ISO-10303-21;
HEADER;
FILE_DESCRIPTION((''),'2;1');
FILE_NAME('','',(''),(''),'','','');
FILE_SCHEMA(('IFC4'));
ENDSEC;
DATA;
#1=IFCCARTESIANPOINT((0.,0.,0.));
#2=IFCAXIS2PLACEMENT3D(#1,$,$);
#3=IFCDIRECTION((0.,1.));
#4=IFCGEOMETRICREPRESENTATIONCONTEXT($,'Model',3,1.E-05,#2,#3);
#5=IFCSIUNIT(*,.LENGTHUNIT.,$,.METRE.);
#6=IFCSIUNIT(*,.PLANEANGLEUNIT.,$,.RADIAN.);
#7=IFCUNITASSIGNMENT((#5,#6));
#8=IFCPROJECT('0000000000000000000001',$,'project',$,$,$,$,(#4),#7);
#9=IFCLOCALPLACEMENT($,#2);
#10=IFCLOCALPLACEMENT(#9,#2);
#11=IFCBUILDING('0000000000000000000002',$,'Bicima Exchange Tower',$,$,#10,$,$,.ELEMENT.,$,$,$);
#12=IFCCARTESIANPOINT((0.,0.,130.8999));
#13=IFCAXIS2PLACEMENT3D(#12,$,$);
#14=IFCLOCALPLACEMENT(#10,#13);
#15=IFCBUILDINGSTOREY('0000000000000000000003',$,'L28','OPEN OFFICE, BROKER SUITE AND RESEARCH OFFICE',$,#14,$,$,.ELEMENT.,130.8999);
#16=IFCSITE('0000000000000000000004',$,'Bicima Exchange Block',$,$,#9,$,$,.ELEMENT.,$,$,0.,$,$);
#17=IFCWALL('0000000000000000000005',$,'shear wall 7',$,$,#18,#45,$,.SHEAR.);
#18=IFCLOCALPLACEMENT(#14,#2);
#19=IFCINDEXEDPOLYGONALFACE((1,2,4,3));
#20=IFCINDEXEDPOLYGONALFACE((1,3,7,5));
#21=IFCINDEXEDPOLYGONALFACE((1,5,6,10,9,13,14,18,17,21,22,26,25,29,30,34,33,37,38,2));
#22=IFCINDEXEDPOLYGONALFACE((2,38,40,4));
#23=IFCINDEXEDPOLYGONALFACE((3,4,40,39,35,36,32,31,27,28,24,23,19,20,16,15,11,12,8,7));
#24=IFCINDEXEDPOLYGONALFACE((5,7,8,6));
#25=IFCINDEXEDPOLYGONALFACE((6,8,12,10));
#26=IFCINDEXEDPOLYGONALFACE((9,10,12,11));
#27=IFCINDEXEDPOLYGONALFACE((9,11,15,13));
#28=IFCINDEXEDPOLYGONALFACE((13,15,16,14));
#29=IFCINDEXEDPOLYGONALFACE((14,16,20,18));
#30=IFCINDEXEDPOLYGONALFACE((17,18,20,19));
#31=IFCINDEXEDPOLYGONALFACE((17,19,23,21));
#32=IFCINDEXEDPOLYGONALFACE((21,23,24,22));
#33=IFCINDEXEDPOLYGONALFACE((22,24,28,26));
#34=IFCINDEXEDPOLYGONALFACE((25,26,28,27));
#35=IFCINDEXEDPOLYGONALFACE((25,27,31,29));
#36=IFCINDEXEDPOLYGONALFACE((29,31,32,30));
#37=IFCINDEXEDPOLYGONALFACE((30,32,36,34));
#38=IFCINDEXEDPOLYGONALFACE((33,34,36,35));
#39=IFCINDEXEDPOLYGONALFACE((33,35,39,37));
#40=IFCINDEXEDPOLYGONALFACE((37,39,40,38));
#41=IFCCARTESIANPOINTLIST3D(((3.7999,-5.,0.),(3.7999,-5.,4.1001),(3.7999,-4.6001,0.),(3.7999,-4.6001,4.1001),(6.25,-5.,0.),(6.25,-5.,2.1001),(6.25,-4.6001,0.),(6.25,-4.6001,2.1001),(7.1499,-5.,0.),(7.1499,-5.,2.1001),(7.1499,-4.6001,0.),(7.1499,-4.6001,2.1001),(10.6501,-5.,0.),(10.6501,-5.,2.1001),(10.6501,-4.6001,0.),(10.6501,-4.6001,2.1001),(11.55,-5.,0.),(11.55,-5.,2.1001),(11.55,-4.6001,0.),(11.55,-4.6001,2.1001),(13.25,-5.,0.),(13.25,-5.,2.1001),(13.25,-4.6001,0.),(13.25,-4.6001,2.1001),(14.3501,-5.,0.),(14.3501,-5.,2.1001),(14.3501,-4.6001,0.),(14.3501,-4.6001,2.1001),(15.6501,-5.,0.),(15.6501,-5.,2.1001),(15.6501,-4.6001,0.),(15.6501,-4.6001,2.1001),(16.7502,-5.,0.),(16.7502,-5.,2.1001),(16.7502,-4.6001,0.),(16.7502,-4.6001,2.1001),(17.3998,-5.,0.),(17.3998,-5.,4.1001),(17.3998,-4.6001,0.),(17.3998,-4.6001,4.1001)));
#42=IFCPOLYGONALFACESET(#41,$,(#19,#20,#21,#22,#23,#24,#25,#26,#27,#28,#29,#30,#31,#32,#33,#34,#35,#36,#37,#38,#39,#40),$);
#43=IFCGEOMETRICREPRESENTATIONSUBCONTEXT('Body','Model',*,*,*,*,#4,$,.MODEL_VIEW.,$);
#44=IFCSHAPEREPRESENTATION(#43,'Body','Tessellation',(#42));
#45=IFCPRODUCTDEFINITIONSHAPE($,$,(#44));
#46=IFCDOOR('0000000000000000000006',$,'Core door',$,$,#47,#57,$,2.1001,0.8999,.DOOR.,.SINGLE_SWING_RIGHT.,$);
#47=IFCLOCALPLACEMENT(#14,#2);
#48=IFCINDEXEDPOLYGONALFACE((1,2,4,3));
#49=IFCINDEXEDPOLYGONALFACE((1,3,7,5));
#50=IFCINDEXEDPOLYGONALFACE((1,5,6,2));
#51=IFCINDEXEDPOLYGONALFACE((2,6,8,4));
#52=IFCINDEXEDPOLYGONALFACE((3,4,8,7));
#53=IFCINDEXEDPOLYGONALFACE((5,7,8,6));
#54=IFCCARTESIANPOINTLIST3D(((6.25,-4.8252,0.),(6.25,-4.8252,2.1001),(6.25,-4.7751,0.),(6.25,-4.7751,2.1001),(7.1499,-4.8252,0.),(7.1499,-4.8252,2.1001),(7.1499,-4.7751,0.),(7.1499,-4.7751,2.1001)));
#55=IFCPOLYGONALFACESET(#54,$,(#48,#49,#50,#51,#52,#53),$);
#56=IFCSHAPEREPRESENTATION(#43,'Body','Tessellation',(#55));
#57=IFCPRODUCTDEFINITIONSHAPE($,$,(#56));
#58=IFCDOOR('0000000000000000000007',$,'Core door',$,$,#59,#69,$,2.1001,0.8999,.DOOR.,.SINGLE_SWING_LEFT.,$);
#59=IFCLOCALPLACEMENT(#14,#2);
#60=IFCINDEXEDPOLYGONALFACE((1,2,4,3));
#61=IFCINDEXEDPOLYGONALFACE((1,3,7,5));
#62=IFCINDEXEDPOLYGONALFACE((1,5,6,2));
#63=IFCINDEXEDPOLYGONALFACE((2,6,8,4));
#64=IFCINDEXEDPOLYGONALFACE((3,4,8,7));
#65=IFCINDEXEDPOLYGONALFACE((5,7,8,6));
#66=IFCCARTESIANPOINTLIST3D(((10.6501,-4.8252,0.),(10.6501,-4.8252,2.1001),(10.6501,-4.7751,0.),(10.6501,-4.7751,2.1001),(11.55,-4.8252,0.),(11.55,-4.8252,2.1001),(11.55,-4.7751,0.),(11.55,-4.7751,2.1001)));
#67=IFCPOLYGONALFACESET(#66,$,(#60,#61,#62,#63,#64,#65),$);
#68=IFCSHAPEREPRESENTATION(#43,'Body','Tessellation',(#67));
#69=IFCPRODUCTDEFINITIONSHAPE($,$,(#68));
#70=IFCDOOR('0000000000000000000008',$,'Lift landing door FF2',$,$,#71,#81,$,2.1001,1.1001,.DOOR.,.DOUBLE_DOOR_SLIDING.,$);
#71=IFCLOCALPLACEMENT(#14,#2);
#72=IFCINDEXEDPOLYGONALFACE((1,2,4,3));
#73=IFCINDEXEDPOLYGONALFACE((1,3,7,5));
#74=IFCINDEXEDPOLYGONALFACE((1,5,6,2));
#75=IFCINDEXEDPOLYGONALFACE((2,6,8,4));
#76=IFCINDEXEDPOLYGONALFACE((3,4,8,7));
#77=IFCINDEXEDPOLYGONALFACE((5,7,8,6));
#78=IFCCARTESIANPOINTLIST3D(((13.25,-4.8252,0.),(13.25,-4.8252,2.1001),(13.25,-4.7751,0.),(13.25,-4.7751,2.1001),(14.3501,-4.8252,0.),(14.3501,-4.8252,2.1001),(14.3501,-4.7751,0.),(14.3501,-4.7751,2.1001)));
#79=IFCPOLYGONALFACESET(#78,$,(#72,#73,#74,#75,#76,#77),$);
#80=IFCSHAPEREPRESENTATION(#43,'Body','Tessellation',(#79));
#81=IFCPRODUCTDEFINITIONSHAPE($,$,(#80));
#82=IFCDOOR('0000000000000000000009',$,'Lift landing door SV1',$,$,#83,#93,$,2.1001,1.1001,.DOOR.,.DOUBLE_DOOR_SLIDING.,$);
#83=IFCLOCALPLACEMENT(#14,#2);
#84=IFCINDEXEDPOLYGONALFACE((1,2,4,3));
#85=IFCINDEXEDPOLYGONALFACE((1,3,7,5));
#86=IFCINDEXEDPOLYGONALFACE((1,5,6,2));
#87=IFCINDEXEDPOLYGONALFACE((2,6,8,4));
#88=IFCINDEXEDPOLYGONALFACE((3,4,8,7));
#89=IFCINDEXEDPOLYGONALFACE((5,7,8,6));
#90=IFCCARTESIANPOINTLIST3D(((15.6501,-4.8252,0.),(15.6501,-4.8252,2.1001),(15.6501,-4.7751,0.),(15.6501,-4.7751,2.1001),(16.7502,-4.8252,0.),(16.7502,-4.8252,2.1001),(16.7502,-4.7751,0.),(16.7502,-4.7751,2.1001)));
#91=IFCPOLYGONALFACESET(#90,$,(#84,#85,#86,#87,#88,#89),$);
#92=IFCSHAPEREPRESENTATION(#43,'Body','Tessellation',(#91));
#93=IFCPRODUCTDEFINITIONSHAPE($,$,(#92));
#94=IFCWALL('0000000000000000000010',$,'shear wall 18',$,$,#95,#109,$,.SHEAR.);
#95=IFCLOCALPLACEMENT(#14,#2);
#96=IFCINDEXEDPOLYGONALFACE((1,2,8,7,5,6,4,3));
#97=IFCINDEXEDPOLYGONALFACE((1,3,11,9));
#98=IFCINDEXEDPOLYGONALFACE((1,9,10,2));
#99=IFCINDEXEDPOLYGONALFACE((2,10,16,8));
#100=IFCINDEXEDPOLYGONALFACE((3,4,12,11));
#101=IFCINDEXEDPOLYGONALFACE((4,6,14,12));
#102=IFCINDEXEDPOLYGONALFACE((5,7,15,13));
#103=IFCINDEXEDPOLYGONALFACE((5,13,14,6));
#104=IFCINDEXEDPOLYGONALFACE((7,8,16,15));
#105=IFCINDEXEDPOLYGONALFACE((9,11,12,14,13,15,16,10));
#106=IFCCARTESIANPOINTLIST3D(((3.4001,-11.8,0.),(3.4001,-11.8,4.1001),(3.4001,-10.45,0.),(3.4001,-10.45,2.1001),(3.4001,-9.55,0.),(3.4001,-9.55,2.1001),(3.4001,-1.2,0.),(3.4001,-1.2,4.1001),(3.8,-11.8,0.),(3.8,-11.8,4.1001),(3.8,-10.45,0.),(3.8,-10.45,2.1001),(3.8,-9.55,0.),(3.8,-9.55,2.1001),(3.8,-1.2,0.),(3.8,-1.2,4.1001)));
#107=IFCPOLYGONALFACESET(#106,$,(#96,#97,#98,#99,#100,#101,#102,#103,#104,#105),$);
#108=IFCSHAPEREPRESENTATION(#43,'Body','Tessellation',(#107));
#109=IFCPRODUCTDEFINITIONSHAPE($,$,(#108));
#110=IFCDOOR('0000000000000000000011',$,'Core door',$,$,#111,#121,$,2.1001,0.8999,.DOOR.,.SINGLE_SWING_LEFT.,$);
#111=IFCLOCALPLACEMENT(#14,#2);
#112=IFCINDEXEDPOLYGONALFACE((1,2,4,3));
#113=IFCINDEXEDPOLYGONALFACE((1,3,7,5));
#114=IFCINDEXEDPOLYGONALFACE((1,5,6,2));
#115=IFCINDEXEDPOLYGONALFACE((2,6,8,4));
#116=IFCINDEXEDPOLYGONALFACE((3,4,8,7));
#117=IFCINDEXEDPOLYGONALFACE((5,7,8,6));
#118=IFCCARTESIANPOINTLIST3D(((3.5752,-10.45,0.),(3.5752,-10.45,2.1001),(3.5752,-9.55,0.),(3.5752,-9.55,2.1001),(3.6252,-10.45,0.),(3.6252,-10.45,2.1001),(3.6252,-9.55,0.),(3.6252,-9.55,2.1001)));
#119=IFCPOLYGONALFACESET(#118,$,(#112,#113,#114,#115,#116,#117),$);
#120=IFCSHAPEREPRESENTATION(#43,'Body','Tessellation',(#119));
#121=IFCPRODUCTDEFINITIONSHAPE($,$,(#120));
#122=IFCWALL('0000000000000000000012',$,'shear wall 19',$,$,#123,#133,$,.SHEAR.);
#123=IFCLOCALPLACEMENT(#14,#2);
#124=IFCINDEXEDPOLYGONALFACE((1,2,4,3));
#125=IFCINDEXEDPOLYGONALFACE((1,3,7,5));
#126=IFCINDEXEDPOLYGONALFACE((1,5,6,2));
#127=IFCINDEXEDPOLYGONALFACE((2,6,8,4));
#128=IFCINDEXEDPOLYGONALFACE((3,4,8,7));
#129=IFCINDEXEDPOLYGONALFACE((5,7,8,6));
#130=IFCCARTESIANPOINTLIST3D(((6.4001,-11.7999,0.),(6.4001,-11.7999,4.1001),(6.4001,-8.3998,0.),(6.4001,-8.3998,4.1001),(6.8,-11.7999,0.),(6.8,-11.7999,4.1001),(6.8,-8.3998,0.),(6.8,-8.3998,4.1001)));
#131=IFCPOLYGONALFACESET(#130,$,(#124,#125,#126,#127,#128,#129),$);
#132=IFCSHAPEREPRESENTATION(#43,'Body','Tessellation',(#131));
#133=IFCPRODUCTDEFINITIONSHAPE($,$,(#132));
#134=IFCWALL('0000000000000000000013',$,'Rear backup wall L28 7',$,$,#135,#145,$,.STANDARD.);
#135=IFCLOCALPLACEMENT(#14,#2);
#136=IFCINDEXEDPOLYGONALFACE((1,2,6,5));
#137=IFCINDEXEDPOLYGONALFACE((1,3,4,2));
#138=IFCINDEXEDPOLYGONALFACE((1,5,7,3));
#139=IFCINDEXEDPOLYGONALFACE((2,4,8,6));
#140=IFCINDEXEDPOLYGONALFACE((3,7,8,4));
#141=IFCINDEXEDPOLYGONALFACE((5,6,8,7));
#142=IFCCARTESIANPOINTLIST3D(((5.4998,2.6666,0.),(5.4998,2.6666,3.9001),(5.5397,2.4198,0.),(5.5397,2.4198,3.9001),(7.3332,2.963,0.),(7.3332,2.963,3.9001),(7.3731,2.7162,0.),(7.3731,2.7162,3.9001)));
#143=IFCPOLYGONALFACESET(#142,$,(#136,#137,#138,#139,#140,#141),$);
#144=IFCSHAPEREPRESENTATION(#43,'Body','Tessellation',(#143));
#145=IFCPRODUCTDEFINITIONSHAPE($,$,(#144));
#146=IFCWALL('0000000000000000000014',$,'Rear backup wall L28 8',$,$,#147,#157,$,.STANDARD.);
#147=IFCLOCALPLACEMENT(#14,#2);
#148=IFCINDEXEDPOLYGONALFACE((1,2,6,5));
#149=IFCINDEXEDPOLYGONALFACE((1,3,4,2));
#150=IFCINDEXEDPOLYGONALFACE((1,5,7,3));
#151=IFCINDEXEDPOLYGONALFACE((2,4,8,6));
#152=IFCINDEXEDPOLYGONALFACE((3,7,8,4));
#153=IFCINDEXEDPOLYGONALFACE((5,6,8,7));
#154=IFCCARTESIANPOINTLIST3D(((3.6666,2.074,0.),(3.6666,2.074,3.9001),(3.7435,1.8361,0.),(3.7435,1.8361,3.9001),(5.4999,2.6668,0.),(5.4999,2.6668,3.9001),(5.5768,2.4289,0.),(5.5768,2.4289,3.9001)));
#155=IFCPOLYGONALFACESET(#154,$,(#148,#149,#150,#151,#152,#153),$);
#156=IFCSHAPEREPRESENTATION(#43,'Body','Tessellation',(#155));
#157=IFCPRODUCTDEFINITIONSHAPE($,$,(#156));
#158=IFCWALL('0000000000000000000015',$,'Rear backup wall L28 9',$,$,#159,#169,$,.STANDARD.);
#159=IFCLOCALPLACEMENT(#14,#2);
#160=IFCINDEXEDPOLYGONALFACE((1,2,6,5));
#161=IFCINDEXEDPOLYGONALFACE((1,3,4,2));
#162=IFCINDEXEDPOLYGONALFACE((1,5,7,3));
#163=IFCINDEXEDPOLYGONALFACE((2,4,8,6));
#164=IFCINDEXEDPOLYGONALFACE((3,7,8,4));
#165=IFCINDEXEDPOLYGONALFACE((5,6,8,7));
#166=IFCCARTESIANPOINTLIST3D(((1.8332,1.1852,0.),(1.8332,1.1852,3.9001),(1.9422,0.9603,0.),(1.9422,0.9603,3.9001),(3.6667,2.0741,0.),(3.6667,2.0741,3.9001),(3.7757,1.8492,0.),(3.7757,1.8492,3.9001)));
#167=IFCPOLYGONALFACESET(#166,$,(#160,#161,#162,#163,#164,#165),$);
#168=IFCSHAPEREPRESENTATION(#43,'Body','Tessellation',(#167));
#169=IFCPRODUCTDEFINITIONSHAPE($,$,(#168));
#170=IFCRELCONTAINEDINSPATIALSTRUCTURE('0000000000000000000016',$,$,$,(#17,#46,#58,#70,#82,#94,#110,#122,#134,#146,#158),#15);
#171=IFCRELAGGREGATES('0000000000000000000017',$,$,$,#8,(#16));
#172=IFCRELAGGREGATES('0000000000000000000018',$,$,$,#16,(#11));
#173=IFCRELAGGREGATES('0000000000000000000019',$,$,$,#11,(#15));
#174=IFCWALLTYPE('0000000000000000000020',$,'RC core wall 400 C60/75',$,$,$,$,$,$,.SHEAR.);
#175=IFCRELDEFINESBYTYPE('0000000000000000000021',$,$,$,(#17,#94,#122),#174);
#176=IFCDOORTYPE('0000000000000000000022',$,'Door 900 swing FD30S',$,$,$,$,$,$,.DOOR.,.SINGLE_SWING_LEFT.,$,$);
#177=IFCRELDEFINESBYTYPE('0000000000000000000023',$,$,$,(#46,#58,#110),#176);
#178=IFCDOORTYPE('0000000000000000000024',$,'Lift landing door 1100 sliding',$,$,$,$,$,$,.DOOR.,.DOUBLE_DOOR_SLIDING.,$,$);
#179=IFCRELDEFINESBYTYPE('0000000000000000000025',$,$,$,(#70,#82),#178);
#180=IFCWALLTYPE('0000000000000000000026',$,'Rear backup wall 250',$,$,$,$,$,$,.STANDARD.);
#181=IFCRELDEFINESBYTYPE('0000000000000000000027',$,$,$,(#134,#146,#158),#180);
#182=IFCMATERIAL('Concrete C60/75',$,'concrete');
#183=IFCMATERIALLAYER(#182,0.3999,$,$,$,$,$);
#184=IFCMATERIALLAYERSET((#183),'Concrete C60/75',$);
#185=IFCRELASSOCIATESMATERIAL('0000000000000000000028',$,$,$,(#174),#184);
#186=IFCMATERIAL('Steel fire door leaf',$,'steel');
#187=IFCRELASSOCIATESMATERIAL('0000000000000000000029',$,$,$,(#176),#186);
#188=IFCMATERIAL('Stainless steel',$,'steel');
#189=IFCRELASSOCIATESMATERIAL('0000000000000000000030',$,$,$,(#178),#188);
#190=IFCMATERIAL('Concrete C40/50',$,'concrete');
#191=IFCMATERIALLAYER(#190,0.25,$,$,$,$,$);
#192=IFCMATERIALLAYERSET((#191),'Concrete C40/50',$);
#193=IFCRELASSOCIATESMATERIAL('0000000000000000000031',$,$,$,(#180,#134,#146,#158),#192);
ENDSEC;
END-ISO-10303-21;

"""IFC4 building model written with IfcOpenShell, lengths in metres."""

from ifc_helpers import new_model, si_unit, direction, frame, frame_2d, origin, place, context, subcontext, project, spatial, rectangle, extrude, material, layer, layer_set, layer_usage, type_object, element, fill, save


model = new_model("IFC4")

# Units and contexts
model_context = context("Model", 3, precision=1e-05, world=origin(), true_north=direction((0.0, 1.0)))
body_context = subcontext(model_context, "Body", "Model", "MODEL_VIEW")
ifc_project = project(units=[si_unit("LENGTHUNIT", "METRE"), si_unit("PLANEANGLEUNIT", "RADIAN")], contexts=[model_context])

# Site, building, storey
site_placement = place(None, origin())
site = spatial("IfcSite", under=ifc_project, at=site_placement, Name="Bicima Exchange Block", CompositionType="ELEMENT", RefElevation=0.0)
building_placement = place(site_placement, origin())
building = spatial("IfcBuilding", under=site, at=building_placement, Name="Bicima Exchange Tower", CompositionType="ELEMENT")
storey_placement = place(building_placement, frame((0.0, 0.0, 130.8999)))
storey = spatial("IfcBuildingStorey", under=building, at=storey_placement, Name="L28", Description="OPEN OFFICE, BROKER SUITE AND RESEARCH OFFICE", CompositionType="ELEMENT", Elevation=130.8999)

# Shared definitions
ifc_material_1 = material(Name="Concrete C60/75", Category="concrete")
ifc_layer_1 = layer(ifc_material_1, 0.3999)
ifc_layer_set_1 = layer_set([ifc_layer_1], Name="Concrete C60/75")
wall_type_1 = type_object("IfcWallType", Name="RC core wall 400 C60/75", PredefinedType="SHEAR", material=ifc_layer_set_1)

# Wall, openings, doors
wall_1_placement = place(storey_placement, frame((3.8, -4.8, 0.0), z_axis=(0.0, 0.0, 1.0), x_axis=(1.0, 0.0, 0.0)))
wall_1 = element("IfcWall", 1, at=wall_1_placement, inside=storey, type_object=wall_type_1, Name="shear wall 7", PredefinedType="SHEAR", context=body_context, shape_type="SweptSolid", body=[
    extrude(rectangle(XDim=13.5999, YDim=0.3999, at=frame_2d((6.7998, 0.0))), origin(), (0.0, 0.0, 1.0), 4.1001),
])
opening_1_placement = place(wall_1_placement, frame((9.45, 0.0, 0.0)))
opening_1 = element("IfcOpeningElement", 2, at=opening_1_placement, cuts=wall_1, PredefinedType="OPENING", context=body_context, shape_type="SweptSolid", body=[
    extrude(rectangle(XDim=1.1001, YDim=2.1001, at=frame_2d((0.55, 1.05))), frame((0.0, 0.2119, 0.0), z_axis=(0.0, -1.0, 0.0), x_axis=(1.0, 0.0, 0.0)), (0.0, 0.0, 1.0), 0.4238),
])
opening_2_placement = place(wall_1_placement, frame((11.8501, 0.0, 0.0)))
opening_2 = element("IfcOpeningElement", 3, at=opening_2_placement, cuts=wall_1, PredefinedType="OPENING", context=body_context, shape_type="SweptSolid", body=[
    extrude(rectangle(XDim=1.1001, YDim=2.1001, at=frame_2d((0.55, 1.05))), frame((0.0, 0.2119, 0.0), z_axis=(0.0, -1.0, 0.0), x_axis=(1.0, 0.0, 0.0)), (0.0, 0.0, 1.0), 0.4238),
])
opening_3_placement = place(wall_1_placement, frame((2.45, 0.0, 0.0)))
opening_3 = element("IfcOpeningElement", 4, at=opening_3_placement, cuts=wall_1, PredefinedType="OPENING", context=body_context, shape_type="SweptSolid", body=[
    extrude(rectangle(XDim=0.8999, YDim=2.1001, at=frame_2d((0.45, 1.05))), frame((0.0, 0.2119, 0.0), z_axis=(0.0, -1.0, 0.0), x_axis=(1.0, 0.0, 0.0)), (0.0, 0.0, 1.0), 0.4238),
])
opening_4_placement = place(wall_1_placement, frame((6.8501, 0.0, 0.0)))
opening_4 = element("IfcOpeningElement", 5, at=opening_4_placement, cuts=wall_1, PredefinedType="OPENING", context=body_context, shape_type="SweptSolid", body=[
    extrude(rectangle(XDim=0.8999, YDim=2.1001, at=frame_2d((0.45, 1.05))), frame((0.0, 0.2119, 0.0), z_axis=(0.0, -1.0, 0.0), x_axis=(1.0, 0.0, 0.0)), (0.0, 0.0, 1.0), 0.4238),
])
ifc_material_2 = material(Name="Steel fire door leaf", Category="steel")
door_type_1 = type_object("IfcDoorType", Name="Door 900 swing FD30S", OperationType="SINGLE_SWING_LEFT", PredefinedType="DOOR", material=ifc_material_2)
door_1_placement = place(opening_3_placement, origin())
door_1 = element("IfcDoor", 6, at=door_1_placement, inside=storey, type_object=door_type_1, Name="Core door", OperationType="SINGLE_SWING_RIGHT", OverallHeight=2.1001, OverallWidth=0.8999, PredefinedType="DOOR", context=body_context, shape_type="SweptSolid", body=[
    extrude(rectangle(XDim=0.8999, YDim=2.1001, at=frame_2d((0.45, 1.05))), frame((0.0, 0.0249, 0.0), z_axis=(0.0, -1.0, 0.0), x_axis=(1.0, 0.0, 0.0)), (0.0, 0.0, 1.0), 0.05),
])
fill(opening_3, door_1)
door_2_placement = place(opening_4_placement, origin())
door_2 = element("IfcDoor", 7, at=door_2_placement, inside=storey, type_object=door_type_1, Name="Core door", OperationType="SINGLE_SWING_LEFT", OverallHeight=2.1001, OverallWidth=0.8999, PredefinedType="DOOR", context=body_context, shape_type="SweptSolid", body=[
    extrude(rectangle(XDim=0.8999, YDim=2.1001, at=frame_2d((0.45, 1.05))), frame((0.0, 0.0249, 0.0), z_axis=(0.0, -1.0, 0.0), x_axis=(1.0, 0.0, 0.0)), (0.0, 0.0, 1.0), 0.05),
])
fill(opening_4, door_2)
ifc_material_3 = material(Name="Stainless steel", Category="steel")
door_type_2 = type_object("IfcDoorType", Name="Lift landing door 1100 sliding", OperationType="DOUBLE_DOOR_SLIDING", PredefinedType="DOOR", material=ifc_material_3)
door_3_placement = place(opening_1_placement, origin())
door_3 = element("IfcDoor", 8, at=door_3_placement, inside=storey, type_object=door_type_2, Name="Lift landing door FF2", OperationType="DOUBLE_DOOR_SLIDING", OverallHeight=2.1001, OverallWidth=1.1001, PredefinedType="DOOR", context=body_context, shape_type="SweptSolid", body=[
    extrude(rectangle(XDim=1.1001, YDim=2.1001, at=frame_2d((0.55, 1.05))), frame((0.0, 0.0249, 0.0), z_axis=(0.0, -1.0, 0.0), x_axis=(1.0, 0.0, 0.0)), (0.0, 0.0, 1.0), 0.05),
])
fill(opening_1, door_3)
door_4_placement = place(opening_2_placement, origin())
door_4 = element("IfcDoor", 9, at=door_4_placement, inside=storey, type_object=door_type_2, Name="Lift landing door SV1", OperationType="DOUBLE_DOOR_SLIDING", OverallHeight=2.1001, OverallWidth=1.1001, PredefinedType="DOOR", context=body_context, shape_type="SweptSolid", body=[
    extrude(rectangle(XDim=1.1001, YDim=2.1001, at=frame_2d((0.55, 1.05))), frame((0.0, 0.0249, 0.0), z_axis=(0.0, -1.0, 0.0), x_axis=(1.0, 0.0, 0.0)), (0.0, 0.0, 1.0), 0.05),
])
fill(opening_2, door_4)

# Wall, opening, door
wall_2_placement = place(storey_placement, frame((3.6001, -11.8, 0.0), z_axis=(0.0, 0.0, 1.0), x_axis=(0.0, 1.0, 0.0)))
wall_2 = element("IfcWall", 10, at=wall_2_placement, inside=storey, type_object=wall_type_1, Name="shear wall 18", PredefinedType="SHEAR", context=body_context, shape_type="SweptSolid", body=[
    extrude(rectangle(XDim=10.6001, YDim=0.3999, at=frame_2d((5.3, 0.0))), origin(), (0.0, 0.0, 1.0), 4.1001),
])
opening_5_placement = place(wall_2_placement, frame((1.3501, 0.0, 0.0)))
opening_5 = element("IfcOpeningElement", 11, at=opening_5_placement, cuts=wall_2, PredefinedType="OPENING", context=body_context, shape_type="SweptSolid", body=[
    extrude(rectangle(XDim=0.8999, YDim=2.1001, at=frame_2d((0.45, 1.05))), frame((0.0, 0.2119, 0.0), z_axis=(0.0, -1.0, 0.0), x_axis=(1.0, 0.0, 0.0)), (0.0, 0.0, 1.0), 0.4238),
])
door_5_placement = place(opening_5_placement, origin())
door_5 = element("IfcDoor", 12, at=door_5_placement, inside=storey, type_object=door_type_1, Name="Core door", OperationType="SINGLE_SWING_LEFT", OverallHeight=2.1001, OverallWidth=0.8999, PredefinedType="DOOR", context=body_context, shape_type="SweptSolid", body=[
    extrude(rectangle(XDim=0.8999, YDim=2.1001, at=frame_2d((0.45, 1.05))), frame((0.0, 0.0249, 0.0), z_axis=(0.0, -1.0, 0.0), x_axis=(1.0, 0.0, 0.0)), (0.0, 0.0, 1.0), 0.05),
])
fill(opening_5, door_5)

# Walls
wall_3_placement = place(storey_placement, frame((6.6001, -11.8, 0.0), z_axis=(0.0, 0.0, 1.0), x_axis=(0.0, 1.0, 0.0)))
element("IfcWall", 13, at=wall_3_placement, inside=storey, type_object=wall_type_1, Name="shear wall 19", PredefinedType="SHEAR", context=body_context, shape_type="SweptSolid", body=[
    extrude(rectangle(XDim=3.4001, YDim=0.3999, at=frame_2d((1.7002, 0.0))), origin(), (0.0, 0.0, 1.0), 4.1001),
])
ifc_material_4 = material(Name="Concrete C40/50", Category="concrete")
ifc_layer_2 = layer(ifc_material_4, 0.25)
ifc_layer_set_2 = layer_set([ifc_layer_2], Name="Concrete C40/50")
ifc_layer_usage = layer_usage(ifc_layer_set_2, "AXIS2", "POSITIVE", -0.125)
wall_type_2 = type_object("IfcWallType", Name="Rear backup wall 250", PredefinedType="STANDARD", material=ifc_layer_set_2)
wall_4_placement = place(storey_placement, frame((7.3533, 2.8396, 0.0), z_axis=(0.0, 0.0, 1.0), x_axis=(-0.987182, -0.1596, 0.0)))
element("IfcWall", 14, at=wall_4_placement, inside=storey, type_object=wall_type_2, material=ifc_layer_usage, Name="Rear backup wall L28 7", PredefinedType="STANDARD", context=body_context, shape_type="SweptSolid", body=[
    extrude(rectangle(XDim=1.8572, YDim=0.25, at=frame_2d((0.9287, 0.0))), origin(), (0.0, 0.0, 1.0), 3.9001),
])
wall_5_placement = place(storey_placement, frame((5.5383, 2.5479, 0.0), z_axis=(0.0, 0.0, 1.0), x_axis=(-0.951496, -0.307662, 0.0)))
element("IfcWall", 15, at=wall_5_placement, inside=storey, type_object=wall_type_2, material=ifc_layer_usage, Name="Rear backup wall L28 8", PredefinedType="STANDARD", context=body_context, shape_type="SweptSolid", body=[
    extrude(rectangle(XDim=1.9268, YDim=0.25, at=frame_2d((0.9634, 0.0))), origin(), (0.0, 0.0, 1.0), 3.9001),
])
wall_6_placement = place(storey_placement, frame((3.7212, 1.9617, 0.0), z_axis=(0.0, 0.0, 1.0), x_axis=(-0.899824, -0.436253, 0.0)))
element("IfcWall", 16, at=wall_6_placement, inside=storey, type_object=wall_type_2, material=ifc_layer_usage, Name="Rear backup wall L28 9", PredefinedType="STANDARD", context=body_context, shape_type="SweptSolid", body=[
    extrude(rectangle(XDim=2.0376, YDim=0.25, at=frame_2d((1.0188, 0.0))), origin(), (0.0, 0.0, 1.0), 3.9001),
])

save(model, "model.ifc")
